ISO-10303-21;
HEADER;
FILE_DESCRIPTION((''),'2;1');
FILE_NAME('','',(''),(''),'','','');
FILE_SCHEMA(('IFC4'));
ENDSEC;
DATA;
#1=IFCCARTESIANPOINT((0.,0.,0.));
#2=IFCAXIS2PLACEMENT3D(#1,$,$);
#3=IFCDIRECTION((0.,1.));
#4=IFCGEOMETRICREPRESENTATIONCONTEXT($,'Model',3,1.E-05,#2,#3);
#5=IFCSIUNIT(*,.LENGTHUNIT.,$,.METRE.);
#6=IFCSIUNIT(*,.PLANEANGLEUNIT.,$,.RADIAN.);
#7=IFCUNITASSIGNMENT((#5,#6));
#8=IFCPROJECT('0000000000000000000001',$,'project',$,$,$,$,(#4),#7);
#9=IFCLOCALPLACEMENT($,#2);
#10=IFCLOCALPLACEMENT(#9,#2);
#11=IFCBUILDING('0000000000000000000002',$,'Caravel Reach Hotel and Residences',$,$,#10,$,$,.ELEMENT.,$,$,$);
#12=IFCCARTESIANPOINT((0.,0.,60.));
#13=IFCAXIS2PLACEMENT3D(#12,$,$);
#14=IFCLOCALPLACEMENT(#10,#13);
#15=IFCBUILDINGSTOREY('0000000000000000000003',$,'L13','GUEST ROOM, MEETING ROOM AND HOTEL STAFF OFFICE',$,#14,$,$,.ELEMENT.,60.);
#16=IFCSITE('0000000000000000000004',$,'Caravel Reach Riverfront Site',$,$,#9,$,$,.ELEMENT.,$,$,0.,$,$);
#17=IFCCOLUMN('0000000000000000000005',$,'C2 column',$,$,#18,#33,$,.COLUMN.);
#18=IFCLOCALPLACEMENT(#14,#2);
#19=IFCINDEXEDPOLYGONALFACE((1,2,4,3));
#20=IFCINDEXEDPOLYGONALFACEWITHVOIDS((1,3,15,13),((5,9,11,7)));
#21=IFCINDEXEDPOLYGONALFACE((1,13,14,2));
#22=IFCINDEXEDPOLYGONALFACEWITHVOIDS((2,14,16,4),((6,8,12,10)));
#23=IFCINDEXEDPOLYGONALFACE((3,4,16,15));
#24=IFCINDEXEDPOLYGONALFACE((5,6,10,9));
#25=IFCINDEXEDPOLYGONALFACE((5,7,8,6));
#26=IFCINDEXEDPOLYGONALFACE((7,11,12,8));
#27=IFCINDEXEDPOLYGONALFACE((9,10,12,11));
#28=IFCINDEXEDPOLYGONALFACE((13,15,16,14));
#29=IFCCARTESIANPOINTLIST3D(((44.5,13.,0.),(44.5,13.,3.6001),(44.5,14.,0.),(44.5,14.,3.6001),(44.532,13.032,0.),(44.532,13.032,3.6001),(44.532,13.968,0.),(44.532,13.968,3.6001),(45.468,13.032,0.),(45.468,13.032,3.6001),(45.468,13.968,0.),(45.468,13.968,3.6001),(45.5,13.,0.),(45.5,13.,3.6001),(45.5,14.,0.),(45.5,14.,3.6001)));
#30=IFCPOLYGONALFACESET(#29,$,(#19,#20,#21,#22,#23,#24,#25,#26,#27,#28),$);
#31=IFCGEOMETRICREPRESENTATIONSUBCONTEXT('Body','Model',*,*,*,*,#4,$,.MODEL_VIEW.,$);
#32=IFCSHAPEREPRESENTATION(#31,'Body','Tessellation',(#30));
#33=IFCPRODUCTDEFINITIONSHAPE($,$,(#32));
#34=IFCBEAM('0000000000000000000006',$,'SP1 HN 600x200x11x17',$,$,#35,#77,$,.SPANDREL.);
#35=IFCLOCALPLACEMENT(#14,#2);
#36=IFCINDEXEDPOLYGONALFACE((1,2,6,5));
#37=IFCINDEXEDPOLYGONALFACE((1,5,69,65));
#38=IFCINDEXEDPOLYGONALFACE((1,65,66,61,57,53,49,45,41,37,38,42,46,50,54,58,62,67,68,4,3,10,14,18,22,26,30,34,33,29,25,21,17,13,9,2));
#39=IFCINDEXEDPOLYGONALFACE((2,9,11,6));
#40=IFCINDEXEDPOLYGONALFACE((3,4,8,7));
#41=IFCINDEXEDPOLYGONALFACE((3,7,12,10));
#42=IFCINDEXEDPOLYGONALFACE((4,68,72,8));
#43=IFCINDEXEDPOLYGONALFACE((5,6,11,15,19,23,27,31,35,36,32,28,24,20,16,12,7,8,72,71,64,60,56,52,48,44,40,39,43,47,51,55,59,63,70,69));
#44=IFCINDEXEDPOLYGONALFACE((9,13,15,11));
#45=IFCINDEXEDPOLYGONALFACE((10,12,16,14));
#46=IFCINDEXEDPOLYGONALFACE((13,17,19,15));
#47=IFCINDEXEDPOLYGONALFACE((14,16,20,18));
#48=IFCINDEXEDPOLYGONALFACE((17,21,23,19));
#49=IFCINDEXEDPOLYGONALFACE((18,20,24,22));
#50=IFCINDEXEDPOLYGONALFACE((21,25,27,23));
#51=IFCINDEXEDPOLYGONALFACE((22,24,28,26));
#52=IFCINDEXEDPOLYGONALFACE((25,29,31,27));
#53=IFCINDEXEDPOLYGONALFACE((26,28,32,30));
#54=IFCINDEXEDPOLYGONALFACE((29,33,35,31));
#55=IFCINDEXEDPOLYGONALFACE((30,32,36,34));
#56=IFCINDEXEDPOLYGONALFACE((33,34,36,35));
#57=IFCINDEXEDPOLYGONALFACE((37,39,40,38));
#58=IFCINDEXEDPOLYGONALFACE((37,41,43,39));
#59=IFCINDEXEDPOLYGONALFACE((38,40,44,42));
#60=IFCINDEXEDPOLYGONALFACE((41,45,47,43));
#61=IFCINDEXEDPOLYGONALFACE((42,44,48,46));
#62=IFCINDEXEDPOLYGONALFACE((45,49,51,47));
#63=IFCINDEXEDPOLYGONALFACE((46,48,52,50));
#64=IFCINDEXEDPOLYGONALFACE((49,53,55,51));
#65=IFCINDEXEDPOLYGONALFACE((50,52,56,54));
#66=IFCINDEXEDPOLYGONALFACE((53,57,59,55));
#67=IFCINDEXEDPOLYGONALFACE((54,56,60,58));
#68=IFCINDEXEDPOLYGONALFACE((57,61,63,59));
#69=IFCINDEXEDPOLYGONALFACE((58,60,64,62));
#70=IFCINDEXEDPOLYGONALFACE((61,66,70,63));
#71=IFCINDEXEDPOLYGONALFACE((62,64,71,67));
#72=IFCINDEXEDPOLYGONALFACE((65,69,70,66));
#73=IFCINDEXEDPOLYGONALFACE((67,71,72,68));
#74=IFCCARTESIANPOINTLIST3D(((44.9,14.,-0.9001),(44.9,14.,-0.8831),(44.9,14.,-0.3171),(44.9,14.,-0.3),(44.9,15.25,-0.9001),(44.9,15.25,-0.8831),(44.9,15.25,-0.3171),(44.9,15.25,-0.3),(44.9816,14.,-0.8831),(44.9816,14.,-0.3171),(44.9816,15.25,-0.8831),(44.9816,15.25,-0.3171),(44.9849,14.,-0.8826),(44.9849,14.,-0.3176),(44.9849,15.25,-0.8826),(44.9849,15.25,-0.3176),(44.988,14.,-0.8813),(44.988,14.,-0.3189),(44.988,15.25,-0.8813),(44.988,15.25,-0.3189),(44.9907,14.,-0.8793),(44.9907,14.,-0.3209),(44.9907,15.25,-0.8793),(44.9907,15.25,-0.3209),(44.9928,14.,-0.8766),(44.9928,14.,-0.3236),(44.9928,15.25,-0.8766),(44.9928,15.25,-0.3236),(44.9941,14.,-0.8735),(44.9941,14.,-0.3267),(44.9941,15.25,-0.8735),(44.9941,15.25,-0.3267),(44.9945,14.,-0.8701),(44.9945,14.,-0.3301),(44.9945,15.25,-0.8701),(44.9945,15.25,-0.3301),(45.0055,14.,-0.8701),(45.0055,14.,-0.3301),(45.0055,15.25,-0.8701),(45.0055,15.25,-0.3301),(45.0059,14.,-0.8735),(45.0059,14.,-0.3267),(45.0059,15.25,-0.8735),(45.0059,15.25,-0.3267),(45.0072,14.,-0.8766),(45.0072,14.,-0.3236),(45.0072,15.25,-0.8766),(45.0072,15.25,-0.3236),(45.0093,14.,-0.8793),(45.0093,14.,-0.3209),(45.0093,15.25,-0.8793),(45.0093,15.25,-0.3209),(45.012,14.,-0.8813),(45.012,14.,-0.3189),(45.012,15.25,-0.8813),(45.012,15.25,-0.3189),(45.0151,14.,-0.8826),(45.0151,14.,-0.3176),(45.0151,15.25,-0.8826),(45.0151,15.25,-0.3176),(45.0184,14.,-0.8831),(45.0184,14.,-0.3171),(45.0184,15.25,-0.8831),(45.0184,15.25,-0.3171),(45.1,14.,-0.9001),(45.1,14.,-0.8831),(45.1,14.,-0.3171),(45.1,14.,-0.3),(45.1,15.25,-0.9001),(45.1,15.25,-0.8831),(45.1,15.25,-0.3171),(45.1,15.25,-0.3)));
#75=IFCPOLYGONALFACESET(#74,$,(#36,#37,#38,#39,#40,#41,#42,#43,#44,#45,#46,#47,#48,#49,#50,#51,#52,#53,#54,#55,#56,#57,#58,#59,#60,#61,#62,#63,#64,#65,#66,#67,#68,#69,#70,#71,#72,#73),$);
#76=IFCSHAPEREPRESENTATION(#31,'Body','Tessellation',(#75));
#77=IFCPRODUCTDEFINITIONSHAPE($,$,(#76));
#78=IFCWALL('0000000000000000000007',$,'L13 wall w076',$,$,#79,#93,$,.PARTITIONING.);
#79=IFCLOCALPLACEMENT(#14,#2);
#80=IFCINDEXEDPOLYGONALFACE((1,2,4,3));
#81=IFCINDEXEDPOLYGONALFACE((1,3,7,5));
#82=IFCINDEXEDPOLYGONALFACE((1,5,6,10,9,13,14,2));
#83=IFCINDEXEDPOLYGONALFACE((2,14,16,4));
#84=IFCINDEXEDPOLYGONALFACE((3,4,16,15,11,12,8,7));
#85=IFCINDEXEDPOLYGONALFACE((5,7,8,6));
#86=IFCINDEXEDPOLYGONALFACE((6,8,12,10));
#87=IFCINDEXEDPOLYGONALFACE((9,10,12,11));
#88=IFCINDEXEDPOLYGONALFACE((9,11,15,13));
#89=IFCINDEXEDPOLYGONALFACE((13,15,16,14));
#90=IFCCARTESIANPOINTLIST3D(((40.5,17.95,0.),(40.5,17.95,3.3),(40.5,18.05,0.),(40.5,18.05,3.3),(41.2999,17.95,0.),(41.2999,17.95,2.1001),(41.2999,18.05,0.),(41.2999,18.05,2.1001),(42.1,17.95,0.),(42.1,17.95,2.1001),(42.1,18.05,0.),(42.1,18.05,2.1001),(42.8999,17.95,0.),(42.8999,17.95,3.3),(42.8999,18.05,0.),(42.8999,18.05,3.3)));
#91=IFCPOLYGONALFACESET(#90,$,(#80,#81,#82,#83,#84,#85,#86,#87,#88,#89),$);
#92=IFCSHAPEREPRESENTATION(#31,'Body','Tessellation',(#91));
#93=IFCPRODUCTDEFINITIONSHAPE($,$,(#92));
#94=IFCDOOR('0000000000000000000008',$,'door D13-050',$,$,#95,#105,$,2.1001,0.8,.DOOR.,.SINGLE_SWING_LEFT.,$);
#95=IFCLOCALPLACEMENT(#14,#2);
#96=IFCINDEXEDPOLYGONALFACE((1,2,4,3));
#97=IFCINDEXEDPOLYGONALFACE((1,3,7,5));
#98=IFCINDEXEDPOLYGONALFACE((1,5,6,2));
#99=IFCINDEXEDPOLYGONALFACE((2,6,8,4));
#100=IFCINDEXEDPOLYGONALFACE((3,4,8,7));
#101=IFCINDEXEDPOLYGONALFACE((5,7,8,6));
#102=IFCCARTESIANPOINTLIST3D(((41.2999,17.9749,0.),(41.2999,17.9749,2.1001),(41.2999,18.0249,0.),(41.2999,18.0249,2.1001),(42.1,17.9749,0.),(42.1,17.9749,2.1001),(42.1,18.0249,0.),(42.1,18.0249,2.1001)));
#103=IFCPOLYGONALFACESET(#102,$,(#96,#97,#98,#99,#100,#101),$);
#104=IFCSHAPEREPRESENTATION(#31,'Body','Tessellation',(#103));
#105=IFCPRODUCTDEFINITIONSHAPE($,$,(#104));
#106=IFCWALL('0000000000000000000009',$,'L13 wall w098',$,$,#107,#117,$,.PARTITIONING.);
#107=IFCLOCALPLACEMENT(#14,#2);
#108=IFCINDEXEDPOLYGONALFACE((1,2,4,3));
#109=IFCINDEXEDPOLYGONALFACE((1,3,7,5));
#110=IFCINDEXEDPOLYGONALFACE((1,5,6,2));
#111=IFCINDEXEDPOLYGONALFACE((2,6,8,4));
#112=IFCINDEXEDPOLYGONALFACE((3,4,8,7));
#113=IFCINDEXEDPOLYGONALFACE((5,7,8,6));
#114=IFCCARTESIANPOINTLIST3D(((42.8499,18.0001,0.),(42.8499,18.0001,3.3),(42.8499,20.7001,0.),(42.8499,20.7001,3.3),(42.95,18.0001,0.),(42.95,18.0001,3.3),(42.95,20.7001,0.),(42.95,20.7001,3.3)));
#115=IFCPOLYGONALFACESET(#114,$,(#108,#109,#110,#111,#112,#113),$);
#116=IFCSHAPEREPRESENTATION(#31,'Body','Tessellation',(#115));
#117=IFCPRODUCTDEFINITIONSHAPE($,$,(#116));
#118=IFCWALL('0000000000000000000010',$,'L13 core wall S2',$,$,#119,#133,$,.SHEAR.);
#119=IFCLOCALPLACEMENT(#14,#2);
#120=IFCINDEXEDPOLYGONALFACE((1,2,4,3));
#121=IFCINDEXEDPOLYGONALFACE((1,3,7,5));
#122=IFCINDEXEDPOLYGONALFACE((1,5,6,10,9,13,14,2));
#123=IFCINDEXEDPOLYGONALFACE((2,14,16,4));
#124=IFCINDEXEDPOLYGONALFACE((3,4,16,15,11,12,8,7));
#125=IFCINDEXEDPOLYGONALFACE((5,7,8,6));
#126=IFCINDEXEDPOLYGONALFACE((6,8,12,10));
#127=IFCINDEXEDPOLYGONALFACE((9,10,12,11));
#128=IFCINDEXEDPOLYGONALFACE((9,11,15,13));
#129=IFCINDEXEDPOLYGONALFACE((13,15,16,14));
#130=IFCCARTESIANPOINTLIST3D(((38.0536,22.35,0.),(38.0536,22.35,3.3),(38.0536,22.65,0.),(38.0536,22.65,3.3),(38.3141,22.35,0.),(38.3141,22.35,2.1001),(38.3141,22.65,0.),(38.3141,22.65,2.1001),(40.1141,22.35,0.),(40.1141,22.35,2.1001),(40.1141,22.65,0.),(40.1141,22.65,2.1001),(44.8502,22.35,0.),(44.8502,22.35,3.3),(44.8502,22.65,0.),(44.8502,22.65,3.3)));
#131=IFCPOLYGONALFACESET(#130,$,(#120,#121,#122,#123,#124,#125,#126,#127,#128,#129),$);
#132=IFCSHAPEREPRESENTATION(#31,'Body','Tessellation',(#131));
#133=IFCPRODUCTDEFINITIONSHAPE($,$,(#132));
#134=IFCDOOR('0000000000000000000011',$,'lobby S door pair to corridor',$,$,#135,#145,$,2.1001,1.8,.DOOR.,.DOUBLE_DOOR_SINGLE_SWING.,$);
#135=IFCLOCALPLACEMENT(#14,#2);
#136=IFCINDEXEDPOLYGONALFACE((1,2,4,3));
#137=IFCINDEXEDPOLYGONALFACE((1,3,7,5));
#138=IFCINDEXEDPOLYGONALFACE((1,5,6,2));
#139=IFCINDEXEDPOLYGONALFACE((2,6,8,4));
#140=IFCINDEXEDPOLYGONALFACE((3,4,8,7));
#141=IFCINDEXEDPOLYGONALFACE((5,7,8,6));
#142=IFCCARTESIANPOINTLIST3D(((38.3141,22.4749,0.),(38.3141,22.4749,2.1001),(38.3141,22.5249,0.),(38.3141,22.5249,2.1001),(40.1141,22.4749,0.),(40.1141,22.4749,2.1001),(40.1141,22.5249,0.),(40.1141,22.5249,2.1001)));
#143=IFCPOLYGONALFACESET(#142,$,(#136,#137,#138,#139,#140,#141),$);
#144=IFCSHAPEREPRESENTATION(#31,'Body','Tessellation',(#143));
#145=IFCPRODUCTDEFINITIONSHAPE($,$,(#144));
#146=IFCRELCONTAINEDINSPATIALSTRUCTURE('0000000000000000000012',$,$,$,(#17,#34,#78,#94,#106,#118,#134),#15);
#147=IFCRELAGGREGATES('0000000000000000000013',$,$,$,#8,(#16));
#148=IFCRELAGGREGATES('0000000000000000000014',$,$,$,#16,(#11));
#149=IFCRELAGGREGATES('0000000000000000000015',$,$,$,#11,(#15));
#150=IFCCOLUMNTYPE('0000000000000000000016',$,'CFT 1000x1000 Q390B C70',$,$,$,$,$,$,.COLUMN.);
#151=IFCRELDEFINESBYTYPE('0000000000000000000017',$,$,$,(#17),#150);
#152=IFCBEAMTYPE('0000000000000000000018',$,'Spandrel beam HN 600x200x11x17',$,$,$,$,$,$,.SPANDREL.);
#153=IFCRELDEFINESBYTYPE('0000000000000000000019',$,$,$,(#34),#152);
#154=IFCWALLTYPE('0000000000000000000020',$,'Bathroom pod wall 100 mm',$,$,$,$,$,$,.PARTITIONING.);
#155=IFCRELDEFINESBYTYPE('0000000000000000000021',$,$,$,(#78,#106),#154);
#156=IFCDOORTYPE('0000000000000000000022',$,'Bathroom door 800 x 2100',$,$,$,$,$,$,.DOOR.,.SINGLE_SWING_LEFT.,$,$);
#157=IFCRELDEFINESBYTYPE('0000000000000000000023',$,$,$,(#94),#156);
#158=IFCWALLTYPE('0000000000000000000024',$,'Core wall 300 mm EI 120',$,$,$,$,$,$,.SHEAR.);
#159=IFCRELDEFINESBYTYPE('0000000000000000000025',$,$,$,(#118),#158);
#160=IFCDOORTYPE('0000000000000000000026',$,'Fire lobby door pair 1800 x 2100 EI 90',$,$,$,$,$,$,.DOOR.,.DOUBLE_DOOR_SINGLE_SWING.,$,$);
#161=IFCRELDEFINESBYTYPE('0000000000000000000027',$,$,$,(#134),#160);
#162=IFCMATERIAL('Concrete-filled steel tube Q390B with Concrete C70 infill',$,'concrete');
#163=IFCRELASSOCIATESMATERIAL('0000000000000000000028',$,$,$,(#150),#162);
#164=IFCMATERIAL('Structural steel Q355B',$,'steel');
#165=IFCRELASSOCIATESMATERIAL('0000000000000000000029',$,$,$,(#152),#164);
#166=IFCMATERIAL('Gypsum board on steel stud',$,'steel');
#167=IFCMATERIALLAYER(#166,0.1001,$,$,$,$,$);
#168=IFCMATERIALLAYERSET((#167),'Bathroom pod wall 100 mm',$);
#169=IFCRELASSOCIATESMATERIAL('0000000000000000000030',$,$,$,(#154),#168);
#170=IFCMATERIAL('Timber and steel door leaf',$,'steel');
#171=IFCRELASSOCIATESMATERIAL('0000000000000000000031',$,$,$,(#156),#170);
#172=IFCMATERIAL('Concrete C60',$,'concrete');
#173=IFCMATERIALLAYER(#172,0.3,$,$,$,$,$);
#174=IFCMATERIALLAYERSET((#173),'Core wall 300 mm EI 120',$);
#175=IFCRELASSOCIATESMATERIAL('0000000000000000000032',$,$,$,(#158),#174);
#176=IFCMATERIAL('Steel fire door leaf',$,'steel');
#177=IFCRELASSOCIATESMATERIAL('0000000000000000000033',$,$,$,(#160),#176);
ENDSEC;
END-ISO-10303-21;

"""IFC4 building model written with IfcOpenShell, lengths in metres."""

from ifc_helpers import new_model, si_unit, direction, frame, frame_2d, origin, origin_2d, place, context, subcontext, project, spatial, rectangle, hollow_rectangle, i_section, extrude, material, layer, layer_set, material_profile, profile_set, type_object, element, fill, save


model = new_model("IFC4")

# Units and contexts
model_context = context("Model", 3, precision=1e-05, world=origin(), true_north=direction((0.0, 1.0)))
body_context = subcontext(model_context, "Body", "Model", "MODEL_VIEW")
ifc_project = project(units=[si_unit("LENGTHUNIT", "METRE"), si_unit("PLANEANGLEUNIT", "RADIAN")], contexts=[model_context])

# Site, building, storey
site_placement = place(None, origin())
site = spatial("IfcSite", under=ifc_project, at=site_placement, Name="Caravel Reach Riverfront Site", CompositionType="ELEMENT", RefElevation=0.0)
building_placement = place(site_placement, origin())
building = spatial("IfcBuilding", under=site, at=building_placement, Name="Caravel Reach Hotel and Residences", CompositionType="ELEMENT")
storey_placement = place(building_placement, frame((0.0, 0.0, 60.0)))
storey = spatial("IfcBuildingStorey", under=building, at=storey_placement, Name="L13", Description="GUEST ROOM, MEETING ROOM AND HOTEL STAFF OFFICE", CompositionType="ELEMENT", Elevation=60.0)

# Column
ifc_material_1 = material(Name="Concrete-filled steel tube Q390B with Concrete C70 infill", Category="concrete")
ifc_material_profile_1 = material_profile(ifc_material_1, hollow_rectangle(XDim=1.0, YDim=1.0, WallThickness=0.032, at=origin_2d()), Name="RHS 1000x1000x32")
ifc_profile_set_1 = profile_set([ifc_material_profile_1], Name="Concrete-filled steel tube Q390B with Concrete C70 infill")
column_type = type_object("IfcColumnType", Name="CFT 1000x1000 Q390B C70", PredefinedType="COLUMN", material=ifc_profile_set_1)
column_placement = place(storey_placement, frame((45.0, 13.5, 0.0), z_axis=(0.0, 0.0, 1.0), x_axis=(1.0, 0.0, 0.0)))
element("IfcColumn", 1, at=column_placement, inside=storey, type_object=column_type, Name="C2 column", PredefinedType="COLUMN", context=body_context, shape_type="SweptSolid", body=[
    extrude(hollow_rectangle(XDim=1.0, YDim=1.0, WallThickness=0.032, at=origin_2d()), origin(), (0.0, 0.0, 1.0), 3.6001),
])

# Beam
ifc_material_2 = material(Name="Structural steel Q355B", Category="steel")
ifc_material_profile_2 = material_profile(ifc_material_2, i_section(OverallWidth=0.2, OverallDepth=0.6001, WebThickness=0.011, FlangeThickness=0.0171, FilletRadius=0.0129, at=origin_2d()), Name="HN 600x200x11x17")
ifc_profile_set_2 = profile_set([ifc_material_profile_2], Name="Structural steel Q355B")
beam_type = type_object("IfcBeamType", Name="Spandrel beam HN 600x200x11x17", PredefinedType="SPANDREL", material=ifc_profile_set_2)
beam_placement = place(storey_placement, frame((45.0, 14.0, -0.6001), z_axis=(0.0, 1.0, 0.0), x_axis=(-1.0, 0.0, 0.0)))
element("IfcBeam", 2, at=beam_placement, inside=storey, type_object=beam_type, Name="SP1 HN 600x200x11x17", PredefinedType="SPANDREL", context=body_context, shape_type="SweptSolid", body=[
    extrude(i_section(OverallWidth=0.2, OverallDepth=0.6001, WebThickness=0.011, FlangeThickness=0.0171, FilletRadius=0.0129, at=origin_2d()), origin(), (0.0, 0.0, 1.0), 1.25),
])

# Wall, opening, door
ifc_material_3 = material(Name="Gypsum board on steel stud", Category="steel")
ifc_layer_1 = layer(ifc_material_3, 0.1001)
ifc_layer_set_1 = layer_set([ifc_layer_1], Name="Bathroom pod wall 100 mm")
wall_type_1 = type_object("IfcWallType", Name="Bathroom pod wall 100 mm", PredefinedType="PARTITIONING", material=ifc_layer_set_1)
wall_1_placement = place(storey_placement, frame((40.5, 18.0, 0.0), z_axis=(0.0, 0.0, 1.0), x_axis=(1.0, 0.0, 0.0)))
wall_1 = element("IfcWall", 3, at=wall_1_placement, inside=storey, type_object=wall_type_1, Name="L13 wall w076", PredefinedType="PARTITIONING", context=body_context, shape_type="SweptSolid", body=[
    extrude(rectangle(XDim=2.3999, YDim=0.1001, at=frame_2d((1.2, 0.0))), origin(), (0.0, 0.0, 1.0), 3.3),
])
opening_1_placement = place(wall_1_placement, frame((0.8, 0.0, 0.0)))
opening_1 = element("IfcOpeningElement", 4, at=opening_1_placement, cuts=wall_1, PredefinedType="OPENING", context=body_context, shape_type="SweptSolid", body=[
    extrude(rectangle(XDim=0.8, YDim=2.1001, at=frame_2d((0.3999, 1.05))), frame((0.0, 0.0601, 0.0), z_axis=(0.0, -1.0, 0.0), x_axis=(1.0, 0.0, 0.0)), (0.0, 0.0, 1.0), 0.1201),
])
ifc_material_4 = material(Name="Timber and steel door leaf", Category="steel")
door_type_1 = type_object("IfcDoorType", Name="Bathroom door 800 x 2100", OperationType="SINGLE_SWING_LEFT", PredefinedType="DOOR", material=ifc_material_4)
door_1_placement = place(opening_1_placement, origin())
door_1 = element("IfcDoor", 5, at=door_1_placement, inside=storey, type_object=door_type_1, Name="door D13-050", OperationType="SINGLE_SWING_LEFT", OverallHeight=2.1001, OverallWidth=0.8, PredefinedType="DOOR", context=body_context, shape_type="SweptSolid", body=[
    extrude(rectangle(XDim=0.8, YDim=2.1001, at=frame_2d((0.3999, 1.05))), frame((0.0, 0.0249, 0.0), z_axis=(0.0, -1.0, 0.0), x_axis=(1.0, 0.0, 0.0)), (0.0, 0.0, 1.0), 0.05),
])
fill(opening_1, door_1)

# Wall
wall_2_placement = place(storey_placement, frame((42.8999, 18.0, 0.0), z_axis=(0.0, 0.0, 1.0), x_axis=(0.0, 1.0, 0.0)))
element("IfcWall", 6, at=wall_2_placement, inside=storey, type_object=wall_type_1, Name="L13 wall w098", PredefinedType="PARTITIONING", context=body_context, shape_type="SweptSolid", body=[
    extrude(rectangle(XDim=2.7, YDim=0.1001, at=frame_2d((1.3501, 0.0))), origin(), (0.0, 0.0, 1.0), 3.3),
])

# Wall, opening, door
ifc_material_5 = material(Name="Concrete C60", Category="concrete")
ifc_layer_2 = layer(ifc_material_5, 0.3)
ifc_layer_set_2 = layer_set([ifc_layer_2], Name="Core wall 300 mm EI 120")
wall_type_2 = type_object("IfcWallType", Name="Core wall 300 mm EI 120", PredefinedType="SHEAR", material=ifc_layer_set_2)
wall_3_placement = place(storey_placement, frame((38.0535, 22.5, 0.0), z_axis=(0.0, 0.0, 1.0), x_axis=(1.0, 0.0, 0.0)))
wall_3 = element("IfcWall", 7, at=wall_3_placement, inside=storey, type_object=wall_type_2, Name="L13 core wall S2", PredefinedType="SHEAR", context=body_context, shape_type="SweptSolid", body=[
    extrude(rectangle(XDim=6.7966, YDim=0.3, at=frame_2d((3.3984, 0.0))), origin(), (0.0, 0.0, 1.0), 3.3),
])
opening_2_placement = place(wall_3_placement, frame((0.2607, 0.0, 0.0)))
opening_2 = element("IfcOpeningElement", 8, at=opening_2_placement, cuts=wall_3, PredefinedType="OPENING", context=body_context, shape_type="SweptSolid", body=[
    extrude(rectangle(XDim=1.8, YDim=2.1001, at=frame_2d((0.8999, 1.05))), frame((0.0, 0.1599, 0.0), z_axis=(0.0, -1.0, 0.0), x_axis=(1.0, 0.0, 0.0)), (0.0, 0.0, 1.0), 0.3201),
])
ifc_material_6 = material(Name="Steel fire door leaf", Category="steel")
door_type_2 = type_object("IfcDoorType", Name="Fire lobby door pair 1800 x 2100 EI 90", OperationType="DOUBLE_DOOR_SINGLE_SWING", PredefinedType="DOOR", material=ifc_material_6)
door_2_placement = place(opening_2_placement, origin())
door_2 = element("IfcDoor", 9, at=door_2_placement, inside=storey, type_object=door_type_2, Name="lobby S door pair to corridor", OperationType="DOUBLE_DOOR_SINGLE_SWING", OverallHeight=2.1001, OverallWidth=1.8, PredefinedType="DOOR", context=body_context, shape_type="SweptSolid", body=[
    extrude(rectangle(XDim=1.8, YDim=2.1001, at=frame_2d((0.8999, 1.05))), frame((0.0, 0.0249, 0.0), z_axis=(0.0, -1.0, 0.0), x_axis=(1.0, 0.0, 0.0)), (0.0, 0.0, 1.0), 0.05),
])
fill(opening_2, door_2)

save(model, "model.ifc")
